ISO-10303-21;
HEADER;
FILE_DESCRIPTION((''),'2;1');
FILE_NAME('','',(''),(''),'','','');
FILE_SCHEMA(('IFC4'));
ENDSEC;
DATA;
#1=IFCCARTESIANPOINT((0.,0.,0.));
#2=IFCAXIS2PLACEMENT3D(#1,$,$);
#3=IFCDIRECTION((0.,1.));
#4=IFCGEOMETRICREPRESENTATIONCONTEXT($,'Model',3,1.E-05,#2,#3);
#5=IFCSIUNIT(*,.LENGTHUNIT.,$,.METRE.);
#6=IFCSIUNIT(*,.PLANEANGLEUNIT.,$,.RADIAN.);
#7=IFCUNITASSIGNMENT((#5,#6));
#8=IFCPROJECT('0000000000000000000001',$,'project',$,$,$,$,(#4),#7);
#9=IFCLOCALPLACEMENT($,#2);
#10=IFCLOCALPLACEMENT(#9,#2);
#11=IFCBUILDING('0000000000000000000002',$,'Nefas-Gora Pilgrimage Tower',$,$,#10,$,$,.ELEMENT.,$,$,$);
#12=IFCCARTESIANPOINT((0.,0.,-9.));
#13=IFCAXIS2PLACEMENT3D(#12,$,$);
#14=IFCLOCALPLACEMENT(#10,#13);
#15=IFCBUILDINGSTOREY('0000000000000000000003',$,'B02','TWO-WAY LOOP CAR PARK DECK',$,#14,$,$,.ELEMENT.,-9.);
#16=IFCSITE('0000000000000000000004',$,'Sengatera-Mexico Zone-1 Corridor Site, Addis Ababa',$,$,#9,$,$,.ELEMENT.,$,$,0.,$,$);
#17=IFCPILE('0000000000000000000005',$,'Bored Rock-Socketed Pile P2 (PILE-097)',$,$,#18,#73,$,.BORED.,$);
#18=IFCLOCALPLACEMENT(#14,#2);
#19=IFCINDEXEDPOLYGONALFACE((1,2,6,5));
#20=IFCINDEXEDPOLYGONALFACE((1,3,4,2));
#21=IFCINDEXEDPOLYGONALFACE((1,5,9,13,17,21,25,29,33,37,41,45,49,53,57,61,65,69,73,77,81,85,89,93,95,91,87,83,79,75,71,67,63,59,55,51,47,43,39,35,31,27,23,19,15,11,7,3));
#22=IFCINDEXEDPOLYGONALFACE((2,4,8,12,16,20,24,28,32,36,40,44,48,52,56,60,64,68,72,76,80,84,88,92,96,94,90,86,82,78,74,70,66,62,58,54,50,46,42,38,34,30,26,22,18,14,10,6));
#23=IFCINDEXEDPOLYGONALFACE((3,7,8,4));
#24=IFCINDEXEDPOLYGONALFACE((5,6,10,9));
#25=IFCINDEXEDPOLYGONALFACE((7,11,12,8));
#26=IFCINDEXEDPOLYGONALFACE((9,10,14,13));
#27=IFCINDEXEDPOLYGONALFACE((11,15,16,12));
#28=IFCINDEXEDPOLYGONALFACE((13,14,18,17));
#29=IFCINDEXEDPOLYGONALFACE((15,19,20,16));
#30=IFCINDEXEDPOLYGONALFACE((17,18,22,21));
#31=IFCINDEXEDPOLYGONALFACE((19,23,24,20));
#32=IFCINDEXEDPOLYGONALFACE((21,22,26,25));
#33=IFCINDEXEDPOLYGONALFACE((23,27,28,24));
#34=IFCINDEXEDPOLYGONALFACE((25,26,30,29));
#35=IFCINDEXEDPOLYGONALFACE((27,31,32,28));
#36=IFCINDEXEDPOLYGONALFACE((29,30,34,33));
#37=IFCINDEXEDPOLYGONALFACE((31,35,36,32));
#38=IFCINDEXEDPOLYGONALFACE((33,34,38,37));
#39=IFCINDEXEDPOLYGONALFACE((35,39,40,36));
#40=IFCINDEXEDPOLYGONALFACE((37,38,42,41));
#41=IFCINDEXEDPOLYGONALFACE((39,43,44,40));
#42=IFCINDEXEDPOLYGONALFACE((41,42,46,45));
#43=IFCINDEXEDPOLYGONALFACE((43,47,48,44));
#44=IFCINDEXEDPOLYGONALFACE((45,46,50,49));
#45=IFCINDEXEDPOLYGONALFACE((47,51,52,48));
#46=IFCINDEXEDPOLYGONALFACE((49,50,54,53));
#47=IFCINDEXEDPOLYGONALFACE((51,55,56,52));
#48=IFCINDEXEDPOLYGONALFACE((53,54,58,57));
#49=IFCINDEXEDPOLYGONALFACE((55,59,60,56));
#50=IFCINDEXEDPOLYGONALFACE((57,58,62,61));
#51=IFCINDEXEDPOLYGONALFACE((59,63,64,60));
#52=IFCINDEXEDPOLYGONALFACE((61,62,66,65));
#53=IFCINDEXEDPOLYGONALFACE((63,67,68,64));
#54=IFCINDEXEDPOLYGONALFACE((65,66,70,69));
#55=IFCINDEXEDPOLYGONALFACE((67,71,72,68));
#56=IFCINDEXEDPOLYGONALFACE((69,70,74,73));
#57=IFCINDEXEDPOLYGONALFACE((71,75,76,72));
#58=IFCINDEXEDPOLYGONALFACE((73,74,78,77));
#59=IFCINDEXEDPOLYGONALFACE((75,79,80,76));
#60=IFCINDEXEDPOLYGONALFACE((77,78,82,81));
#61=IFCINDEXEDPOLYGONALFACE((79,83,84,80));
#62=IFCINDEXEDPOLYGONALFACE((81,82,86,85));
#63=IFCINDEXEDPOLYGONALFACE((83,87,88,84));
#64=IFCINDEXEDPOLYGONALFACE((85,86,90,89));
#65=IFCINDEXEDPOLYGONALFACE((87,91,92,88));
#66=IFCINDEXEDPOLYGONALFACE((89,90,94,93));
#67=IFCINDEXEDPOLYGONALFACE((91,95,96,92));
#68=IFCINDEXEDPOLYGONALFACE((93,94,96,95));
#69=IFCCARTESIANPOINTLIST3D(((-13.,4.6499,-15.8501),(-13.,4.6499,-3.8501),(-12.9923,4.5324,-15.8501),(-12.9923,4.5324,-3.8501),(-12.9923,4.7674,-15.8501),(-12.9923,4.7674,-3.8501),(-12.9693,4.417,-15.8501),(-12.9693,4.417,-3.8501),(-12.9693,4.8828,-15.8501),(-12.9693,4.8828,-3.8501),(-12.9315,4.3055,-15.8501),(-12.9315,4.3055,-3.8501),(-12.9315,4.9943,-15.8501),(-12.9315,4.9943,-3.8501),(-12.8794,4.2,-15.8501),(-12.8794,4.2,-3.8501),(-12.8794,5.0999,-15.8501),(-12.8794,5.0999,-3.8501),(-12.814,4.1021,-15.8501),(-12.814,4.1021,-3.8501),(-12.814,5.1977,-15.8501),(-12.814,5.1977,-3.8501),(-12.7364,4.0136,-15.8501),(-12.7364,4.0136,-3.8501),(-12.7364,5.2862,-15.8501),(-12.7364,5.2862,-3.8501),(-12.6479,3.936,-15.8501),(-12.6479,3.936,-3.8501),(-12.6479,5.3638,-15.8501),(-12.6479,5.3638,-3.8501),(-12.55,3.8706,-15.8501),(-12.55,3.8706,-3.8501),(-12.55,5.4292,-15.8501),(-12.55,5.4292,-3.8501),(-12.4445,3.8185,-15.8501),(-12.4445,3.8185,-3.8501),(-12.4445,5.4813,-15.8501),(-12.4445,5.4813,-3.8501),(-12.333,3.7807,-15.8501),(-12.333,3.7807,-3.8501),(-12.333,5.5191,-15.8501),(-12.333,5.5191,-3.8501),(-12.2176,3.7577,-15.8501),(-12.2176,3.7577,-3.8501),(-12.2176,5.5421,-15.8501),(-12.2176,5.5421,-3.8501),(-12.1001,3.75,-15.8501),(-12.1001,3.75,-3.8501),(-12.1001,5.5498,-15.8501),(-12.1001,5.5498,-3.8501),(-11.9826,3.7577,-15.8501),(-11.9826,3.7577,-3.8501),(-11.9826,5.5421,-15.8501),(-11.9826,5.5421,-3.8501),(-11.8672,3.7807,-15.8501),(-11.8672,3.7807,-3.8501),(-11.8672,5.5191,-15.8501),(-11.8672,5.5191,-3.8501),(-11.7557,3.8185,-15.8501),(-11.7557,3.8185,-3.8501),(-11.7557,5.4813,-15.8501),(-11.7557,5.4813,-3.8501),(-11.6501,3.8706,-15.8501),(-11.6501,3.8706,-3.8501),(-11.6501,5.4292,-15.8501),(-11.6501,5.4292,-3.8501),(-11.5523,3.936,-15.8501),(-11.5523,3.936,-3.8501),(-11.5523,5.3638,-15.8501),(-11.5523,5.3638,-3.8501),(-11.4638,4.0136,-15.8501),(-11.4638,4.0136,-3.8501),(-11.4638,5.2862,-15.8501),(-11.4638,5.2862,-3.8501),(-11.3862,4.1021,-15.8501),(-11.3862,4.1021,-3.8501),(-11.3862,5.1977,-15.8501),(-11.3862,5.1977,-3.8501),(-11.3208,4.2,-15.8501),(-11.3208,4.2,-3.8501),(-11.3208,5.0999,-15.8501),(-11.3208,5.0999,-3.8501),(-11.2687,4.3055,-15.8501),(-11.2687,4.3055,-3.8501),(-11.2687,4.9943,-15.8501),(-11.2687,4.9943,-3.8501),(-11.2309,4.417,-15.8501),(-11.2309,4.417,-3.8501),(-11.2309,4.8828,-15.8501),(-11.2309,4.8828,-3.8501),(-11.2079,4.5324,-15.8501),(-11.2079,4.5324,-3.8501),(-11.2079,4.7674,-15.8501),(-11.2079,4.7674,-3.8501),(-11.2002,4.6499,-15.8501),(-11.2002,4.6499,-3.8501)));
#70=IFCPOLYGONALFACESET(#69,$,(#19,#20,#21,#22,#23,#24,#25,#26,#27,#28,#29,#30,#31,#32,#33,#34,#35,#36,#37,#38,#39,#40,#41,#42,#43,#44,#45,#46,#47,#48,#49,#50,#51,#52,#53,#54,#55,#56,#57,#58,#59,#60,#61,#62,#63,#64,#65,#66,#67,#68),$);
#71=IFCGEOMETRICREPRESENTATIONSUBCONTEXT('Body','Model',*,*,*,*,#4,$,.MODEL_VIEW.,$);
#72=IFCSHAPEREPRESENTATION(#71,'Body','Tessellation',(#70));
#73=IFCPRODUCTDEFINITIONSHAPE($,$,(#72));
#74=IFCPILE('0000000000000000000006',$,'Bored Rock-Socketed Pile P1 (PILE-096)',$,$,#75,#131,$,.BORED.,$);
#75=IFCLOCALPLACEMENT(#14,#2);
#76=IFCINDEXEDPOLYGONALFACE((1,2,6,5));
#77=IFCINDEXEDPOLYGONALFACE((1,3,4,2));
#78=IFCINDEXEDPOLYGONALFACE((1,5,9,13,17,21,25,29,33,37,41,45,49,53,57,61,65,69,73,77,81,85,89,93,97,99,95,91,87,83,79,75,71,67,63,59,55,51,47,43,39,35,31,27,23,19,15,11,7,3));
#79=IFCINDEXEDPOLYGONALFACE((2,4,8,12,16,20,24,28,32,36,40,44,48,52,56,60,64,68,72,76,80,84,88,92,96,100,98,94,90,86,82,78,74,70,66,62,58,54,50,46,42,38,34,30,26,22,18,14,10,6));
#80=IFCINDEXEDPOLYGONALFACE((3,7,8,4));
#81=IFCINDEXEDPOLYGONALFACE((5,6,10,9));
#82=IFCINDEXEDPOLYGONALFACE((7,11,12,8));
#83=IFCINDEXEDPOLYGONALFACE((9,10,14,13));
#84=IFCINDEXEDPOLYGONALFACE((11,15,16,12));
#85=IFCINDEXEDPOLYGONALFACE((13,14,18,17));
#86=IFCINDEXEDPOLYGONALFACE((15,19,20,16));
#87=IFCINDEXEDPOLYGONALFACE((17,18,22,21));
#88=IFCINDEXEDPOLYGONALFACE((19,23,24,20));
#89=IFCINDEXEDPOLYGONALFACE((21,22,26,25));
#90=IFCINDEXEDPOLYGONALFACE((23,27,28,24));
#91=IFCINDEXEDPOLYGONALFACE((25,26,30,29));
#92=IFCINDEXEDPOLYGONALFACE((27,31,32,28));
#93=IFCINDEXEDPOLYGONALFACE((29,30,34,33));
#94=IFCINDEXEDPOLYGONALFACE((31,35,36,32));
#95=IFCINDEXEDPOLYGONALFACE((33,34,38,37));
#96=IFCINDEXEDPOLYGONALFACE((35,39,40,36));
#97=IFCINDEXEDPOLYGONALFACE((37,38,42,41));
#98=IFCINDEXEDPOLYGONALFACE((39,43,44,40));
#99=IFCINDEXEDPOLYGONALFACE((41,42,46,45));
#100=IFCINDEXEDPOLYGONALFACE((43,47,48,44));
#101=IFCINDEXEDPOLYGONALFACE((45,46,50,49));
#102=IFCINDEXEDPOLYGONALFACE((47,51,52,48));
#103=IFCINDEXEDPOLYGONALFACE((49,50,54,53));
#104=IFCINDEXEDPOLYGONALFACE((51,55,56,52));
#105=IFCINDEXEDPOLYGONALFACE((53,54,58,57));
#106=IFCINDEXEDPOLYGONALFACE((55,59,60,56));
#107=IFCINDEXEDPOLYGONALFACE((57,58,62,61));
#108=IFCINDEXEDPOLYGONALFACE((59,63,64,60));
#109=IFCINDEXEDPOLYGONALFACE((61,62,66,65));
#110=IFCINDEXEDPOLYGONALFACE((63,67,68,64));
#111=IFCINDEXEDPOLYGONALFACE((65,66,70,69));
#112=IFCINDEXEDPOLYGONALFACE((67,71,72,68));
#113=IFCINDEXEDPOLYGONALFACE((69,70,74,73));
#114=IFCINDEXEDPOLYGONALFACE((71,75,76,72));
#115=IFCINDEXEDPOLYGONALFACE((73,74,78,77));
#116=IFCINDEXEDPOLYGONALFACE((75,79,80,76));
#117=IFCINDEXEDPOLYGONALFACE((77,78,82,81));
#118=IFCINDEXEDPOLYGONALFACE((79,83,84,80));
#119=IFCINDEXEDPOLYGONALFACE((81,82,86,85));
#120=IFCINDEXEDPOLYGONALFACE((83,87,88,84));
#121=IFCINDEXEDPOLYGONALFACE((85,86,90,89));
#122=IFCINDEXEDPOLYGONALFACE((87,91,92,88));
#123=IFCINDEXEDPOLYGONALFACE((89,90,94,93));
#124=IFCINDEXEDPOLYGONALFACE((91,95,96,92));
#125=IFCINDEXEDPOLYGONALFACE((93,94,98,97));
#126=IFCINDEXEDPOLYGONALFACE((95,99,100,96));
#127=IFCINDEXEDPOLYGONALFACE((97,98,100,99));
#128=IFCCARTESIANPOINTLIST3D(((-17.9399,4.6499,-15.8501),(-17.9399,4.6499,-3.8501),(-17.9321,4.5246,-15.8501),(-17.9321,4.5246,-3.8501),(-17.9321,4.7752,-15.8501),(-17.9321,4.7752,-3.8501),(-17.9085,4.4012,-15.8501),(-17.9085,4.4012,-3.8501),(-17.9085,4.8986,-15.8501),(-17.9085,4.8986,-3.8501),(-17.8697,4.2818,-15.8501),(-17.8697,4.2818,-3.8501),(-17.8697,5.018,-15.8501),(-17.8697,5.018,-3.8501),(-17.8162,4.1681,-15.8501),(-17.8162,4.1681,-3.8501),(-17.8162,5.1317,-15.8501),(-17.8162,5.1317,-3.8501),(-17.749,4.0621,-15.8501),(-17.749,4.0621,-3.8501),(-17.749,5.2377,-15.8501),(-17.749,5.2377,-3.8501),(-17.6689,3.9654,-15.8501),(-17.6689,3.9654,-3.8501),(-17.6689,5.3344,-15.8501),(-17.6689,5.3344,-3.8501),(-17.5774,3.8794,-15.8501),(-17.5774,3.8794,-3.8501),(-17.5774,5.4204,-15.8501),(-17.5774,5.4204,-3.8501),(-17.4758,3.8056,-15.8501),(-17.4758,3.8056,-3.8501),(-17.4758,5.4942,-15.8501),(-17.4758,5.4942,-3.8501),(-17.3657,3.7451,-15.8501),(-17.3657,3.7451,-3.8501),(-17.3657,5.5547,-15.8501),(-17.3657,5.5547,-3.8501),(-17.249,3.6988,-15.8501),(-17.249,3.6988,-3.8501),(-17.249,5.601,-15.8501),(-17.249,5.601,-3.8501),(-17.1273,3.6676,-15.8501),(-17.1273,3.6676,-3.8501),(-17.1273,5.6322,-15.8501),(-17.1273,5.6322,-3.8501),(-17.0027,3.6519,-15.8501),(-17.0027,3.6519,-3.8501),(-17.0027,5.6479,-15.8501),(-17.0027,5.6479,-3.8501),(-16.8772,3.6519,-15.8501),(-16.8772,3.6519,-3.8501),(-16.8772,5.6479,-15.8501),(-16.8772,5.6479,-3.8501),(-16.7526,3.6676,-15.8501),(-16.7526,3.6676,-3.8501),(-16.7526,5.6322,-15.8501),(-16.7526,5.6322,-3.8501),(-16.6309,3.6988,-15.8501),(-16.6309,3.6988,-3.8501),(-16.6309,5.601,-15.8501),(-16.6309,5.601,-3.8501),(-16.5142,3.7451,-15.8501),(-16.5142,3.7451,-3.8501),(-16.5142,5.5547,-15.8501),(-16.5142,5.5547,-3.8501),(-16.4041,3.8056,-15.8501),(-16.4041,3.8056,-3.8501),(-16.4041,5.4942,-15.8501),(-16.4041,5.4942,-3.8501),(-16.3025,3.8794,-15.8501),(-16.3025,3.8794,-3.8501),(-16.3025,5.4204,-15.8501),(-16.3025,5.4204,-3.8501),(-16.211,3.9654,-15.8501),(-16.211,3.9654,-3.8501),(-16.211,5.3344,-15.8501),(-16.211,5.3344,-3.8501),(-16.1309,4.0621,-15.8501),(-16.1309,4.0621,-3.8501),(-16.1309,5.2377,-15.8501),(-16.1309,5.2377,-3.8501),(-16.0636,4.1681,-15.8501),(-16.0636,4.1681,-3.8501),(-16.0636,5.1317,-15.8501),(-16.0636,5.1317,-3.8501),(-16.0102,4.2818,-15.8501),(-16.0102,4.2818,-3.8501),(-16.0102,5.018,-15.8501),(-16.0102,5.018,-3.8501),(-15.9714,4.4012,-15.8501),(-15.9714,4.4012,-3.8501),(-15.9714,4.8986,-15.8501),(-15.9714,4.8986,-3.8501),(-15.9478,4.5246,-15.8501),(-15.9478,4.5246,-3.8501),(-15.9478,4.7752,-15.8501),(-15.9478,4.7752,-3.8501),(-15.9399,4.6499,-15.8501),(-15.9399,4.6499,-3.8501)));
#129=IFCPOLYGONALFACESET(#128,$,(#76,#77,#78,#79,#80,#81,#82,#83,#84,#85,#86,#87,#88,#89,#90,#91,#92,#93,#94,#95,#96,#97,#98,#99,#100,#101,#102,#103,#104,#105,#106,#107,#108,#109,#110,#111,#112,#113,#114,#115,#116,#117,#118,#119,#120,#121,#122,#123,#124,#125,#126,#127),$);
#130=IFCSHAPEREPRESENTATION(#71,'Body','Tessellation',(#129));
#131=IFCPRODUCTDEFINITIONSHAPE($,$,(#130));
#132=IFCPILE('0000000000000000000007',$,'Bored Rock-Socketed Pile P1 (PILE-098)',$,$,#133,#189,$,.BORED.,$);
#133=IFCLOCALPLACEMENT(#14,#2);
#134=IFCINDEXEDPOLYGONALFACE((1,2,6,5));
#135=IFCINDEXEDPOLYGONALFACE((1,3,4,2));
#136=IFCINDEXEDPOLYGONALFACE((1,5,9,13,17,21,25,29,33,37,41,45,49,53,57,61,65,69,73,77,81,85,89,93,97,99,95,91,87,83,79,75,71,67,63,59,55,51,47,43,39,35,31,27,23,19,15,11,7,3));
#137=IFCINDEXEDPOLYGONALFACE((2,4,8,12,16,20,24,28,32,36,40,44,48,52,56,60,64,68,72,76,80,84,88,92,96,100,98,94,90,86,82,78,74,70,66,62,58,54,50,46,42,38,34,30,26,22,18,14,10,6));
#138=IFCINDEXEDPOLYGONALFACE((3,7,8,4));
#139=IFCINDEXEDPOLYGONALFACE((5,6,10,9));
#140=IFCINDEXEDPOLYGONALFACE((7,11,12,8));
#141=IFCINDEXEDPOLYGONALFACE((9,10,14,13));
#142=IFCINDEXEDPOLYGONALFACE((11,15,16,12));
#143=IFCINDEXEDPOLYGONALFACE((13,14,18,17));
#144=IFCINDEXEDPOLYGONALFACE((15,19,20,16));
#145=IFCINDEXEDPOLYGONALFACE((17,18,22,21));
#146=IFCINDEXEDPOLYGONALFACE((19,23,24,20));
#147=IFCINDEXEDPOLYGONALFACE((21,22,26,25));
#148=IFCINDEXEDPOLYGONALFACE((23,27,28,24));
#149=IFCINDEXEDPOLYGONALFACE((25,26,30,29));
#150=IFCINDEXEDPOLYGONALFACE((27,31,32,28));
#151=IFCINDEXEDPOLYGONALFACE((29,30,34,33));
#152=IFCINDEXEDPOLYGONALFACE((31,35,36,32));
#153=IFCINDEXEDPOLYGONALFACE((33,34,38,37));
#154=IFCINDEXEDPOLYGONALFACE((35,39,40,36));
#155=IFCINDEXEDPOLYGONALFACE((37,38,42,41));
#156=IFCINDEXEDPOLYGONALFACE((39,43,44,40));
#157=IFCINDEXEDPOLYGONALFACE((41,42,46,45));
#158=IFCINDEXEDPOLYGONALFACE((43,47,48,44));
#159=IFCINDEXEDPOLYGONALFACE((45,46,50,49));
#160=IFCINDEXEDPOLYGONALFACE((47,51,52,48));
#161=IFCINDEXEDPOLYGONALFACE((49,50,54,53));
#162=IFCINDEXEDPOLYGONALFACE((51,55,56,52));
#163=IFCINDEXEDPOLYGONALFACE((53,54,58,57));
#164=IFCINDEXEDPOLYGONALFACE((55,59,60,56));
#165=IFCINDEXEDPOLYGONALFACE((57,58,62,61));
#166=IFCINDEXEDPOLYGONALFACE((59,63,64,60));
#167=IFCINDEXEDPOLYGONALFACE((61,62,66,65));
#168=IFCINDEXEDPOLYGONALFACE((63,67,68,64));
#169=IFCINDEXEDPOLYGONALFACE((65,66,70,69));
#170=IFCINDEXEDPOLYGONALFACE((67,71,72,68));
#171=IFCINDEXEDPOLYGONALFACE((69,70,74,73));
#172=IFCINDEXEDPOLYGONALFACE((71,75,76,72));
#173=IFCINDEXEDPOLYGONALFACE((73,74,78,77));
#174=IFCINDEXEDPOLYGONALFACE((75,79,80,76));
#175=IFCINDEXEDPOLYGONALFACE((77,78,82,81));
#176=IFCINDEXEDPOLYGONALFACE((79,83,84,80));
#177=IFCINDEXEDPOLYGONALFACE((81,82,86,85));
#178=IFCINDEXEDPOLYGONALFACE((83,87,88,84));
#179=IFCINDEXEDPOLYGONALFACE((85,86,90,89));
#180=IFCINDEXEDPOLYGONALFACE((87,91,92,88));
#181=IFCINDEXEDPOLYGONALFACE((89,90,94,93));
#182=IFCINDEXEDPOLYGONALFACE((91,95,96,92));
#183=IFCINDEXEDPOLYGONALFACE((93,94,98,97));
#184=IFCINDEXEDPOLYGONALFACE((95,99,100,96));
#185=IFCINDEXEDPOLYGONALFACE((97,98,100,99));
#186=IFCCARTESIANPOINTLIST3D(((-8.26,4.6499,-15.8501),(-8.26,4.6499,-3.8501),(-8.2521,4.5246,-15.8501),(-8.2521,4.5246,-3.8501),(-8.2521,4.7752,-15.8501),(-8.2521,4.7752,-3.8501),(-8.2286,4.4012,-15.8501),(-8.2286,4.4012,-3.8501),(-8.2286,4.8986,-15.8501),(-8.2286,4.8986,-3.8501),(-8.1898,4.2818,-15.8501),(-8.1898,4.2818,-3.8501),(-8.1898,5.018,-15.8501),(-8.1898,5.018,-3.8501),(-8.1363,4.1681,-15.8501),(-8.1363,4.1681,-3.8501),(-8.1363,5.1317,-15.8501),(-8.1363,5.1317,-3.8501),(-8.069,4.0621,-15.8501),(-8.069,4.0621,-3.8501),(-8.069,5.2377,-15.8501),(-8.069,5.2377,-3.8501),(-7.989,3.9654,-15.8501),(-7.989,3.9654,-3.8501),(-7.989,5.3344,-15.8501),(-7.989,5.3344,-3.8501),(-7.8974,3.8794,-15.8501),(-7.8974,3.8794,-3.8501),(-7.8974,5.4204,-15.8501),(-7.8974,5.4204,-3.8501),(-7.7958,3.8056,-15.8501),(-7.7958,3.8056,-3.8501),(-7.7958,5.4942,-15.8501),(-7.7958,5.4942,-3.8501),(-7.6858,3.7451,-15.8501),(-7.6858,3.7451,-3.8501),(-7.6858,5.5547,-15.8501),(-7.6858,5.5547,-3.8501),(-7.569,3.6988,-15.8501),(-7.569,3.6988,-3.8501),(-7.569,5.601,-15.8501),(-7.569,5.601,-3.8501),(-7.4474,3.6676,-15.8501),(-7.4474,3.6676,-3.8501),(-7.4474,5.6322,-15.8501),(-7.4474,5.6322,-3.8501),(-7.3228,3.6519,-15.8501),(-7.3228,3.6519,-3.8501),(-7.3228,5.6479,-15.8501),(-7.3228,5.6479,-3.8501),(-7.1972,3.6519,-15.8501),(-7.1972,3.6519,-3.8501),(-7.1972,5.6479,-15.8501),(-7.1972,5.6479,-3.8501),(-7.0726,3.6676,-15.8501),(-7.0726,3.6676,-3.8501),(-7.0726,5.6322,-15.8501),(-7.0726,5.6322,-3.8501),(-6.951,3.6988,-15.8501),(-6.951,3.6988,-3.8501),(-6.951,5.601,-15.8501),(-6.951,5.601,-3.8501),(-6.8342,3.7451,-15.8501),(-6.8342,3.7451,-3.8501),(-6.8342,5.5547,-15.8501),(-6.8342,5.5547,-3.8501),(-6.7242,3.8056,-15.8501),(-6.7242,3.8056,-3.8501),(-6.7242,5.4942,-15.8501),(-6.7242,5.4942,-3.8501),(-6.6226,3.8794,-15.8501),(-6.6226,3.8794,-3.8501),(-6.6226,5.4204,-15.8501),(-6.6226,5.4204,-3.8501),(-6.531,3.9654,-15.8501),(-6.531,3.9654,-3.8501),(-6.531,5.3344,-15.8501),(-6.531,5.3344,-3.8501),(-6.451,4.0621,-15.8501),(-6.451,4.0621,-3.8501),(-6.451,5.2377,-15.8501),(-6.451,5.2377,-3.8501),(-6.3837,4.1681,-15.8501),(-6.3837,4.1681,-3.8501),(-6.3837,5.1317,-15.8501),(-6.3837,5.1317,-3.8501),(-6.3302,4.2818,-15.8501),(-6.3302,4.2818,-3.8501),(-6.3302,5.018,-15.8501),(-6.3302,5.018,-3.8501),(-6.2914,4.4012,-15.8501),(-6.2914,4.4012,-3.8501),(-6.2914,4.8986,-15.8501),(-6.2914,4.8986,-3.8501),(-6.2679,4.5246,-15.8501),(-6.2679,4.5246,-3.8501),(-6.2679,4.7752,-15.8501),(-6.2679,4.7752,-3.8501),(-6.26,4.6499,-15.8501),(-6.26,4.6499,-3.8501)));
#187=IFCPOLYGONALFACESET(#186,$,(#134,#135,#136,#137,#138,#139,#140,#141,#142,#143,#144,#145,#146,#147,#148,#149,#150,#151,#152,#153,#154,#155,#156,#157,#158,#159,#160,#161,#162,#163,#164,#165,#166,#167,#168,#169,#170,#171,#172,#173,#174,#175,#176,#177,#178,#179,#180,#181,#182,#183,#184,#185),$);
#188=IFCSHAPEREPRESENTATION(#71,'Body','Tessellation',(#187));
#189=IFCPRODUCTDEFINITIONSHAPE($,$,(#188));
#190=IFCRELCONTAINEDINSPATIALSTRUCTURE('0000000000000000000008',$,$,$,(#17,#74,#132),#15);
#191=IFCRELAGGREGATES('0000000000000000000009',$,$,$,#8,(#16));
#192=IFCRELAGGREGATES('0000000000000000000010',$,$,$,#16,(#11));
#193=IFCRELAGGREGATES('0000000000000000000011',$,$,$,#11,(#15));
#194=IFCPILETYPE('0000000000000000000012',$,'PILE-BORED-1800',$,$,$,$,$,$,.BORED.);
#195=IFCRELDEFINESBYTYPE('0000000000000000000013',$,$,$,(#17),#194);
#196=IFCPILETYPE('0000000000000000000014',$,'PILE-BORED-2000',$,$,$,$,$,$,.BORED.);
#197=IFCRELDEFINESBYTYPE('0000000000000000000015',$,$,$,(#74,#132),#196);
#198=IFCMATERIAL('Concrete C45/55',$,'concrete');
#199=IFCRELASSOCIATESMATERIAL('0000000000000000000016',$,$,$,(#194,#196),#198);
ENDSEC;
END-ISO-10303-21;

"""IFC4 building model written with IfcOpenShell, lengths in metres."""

from ifc_helpers import new_model, si_unit, direction, frame, origin, origin_2d, place, context, subcontext, project, spatial, circle, extrude, source, transform, mapped, material, material_profile, profile_set, type_object, element, save


model = new_model("IFC4")

# Units and contexts
model_context = context("Model", 3, precision=1e-05, world=origin(), true_north=direction((0.0, 1.0)))
body_context = subcontext(model_context, "Body", "Model", "MODEL_VIEW")
ifc_project = project(units=[si_unit("LENGTHUNIT", "METRE"), si_unit("PLANEANGLEUNIT", "RADIAN")], contexts=[model_context])

# Site, building, storey
site_placement = place(None, origin())
site = spatial("IfcSite", under=ifc_project, at=site_placement, Name="Sengatera-Mexico Zone-1 Corridor Site, Addis Ababa", CompositionType="ELEMENT", RefElevation=0.0)
building_placement = place(site_placement, origin())
building = spatial("IfcBuilding", under=site, at=building_placement, Name="Nefas-Gora Pilgrimage Tower", CompositionType="ELEMENT")
storey_placement = place(building_placement, frame((0.0, 0.0, -9.0)))
storey = spatial("IfcBuildingStorey", under=building, at=storey_placement, Name="B02", Description="TWO-WAY LOOP CAR PARK DECK", CompositionType="ELEMENT", Elevation=-9.0)

# Piles
ifc_material_1 = material(Name="Concrete C45/55", Category="concrete")
ifc_material_profile_1 = material_profile(ifc_material_1, circle(Radius=0.8999, at=origin_2d()), Name="PILE D1800")
ifc_profile_set_1 = profile_set([ifc_material_profile_1], Name="Concrete C45/55")
pile_type_1 = type_object("IfcPileType", Name="PILE-BORED-1800", PredefinedType="BORED", material=ifc_profile_set_1)
shared_shape_1 = source(origin(), body_context, "Body", "SweptSolid", [
    extrude(circle(Radius=0.8999, at=origin_2d()), origin(), (0.0, 0.0, 1.0), 12.0),
])
for number, where, z_axis, x_axis, name in (
    (1, (-12.1001, 4.6499, -3.8501), (0.0, 0.0, -1.0), (1.0, 0.0, 0.0), "Bored Rock-Socketed Pile P2 (PILE-097)"),
):
    element("IfcPile", number, at=place(storey_placement, frame(where, z_axis=z_axis, x_axis=x_axis)), inside=storey, type_object=pile_type_1, Name=name, PredefinedType="BORED", context=body_context, shape_type="MappedRepresentation", body=[
        mapped(shared_shape_1, transform((0.0, 0.0, 0.0), x_axis=(1.0, 0.0, 0.0), y_axis=(0.0, 1.0, 0.0), z_axis=(0.0, 0.0, 1.0), scale=1.0)),
    ])
ifc_material_profile_2 = material_profile(ifc_material_1, circle(Radius=1.0, at=origin_2d()), Name="PILE D2000")
ifc_profile_set_2 = profile_set([ifc_material_profile_2], Name="Concrete C45/55")
pile_type_2 = type_object("IfcPileType", Name="PILE-BORED-2000", PredefinedType="BORED", material=ifc_profile_set_2)
shared_shape_2 = source(origin(), body_context, "Body", "SweptSolid", [
    extrude(circle(Radius=1.0, at=origin_2d()), origin(), (0.0, 0.0, 1.0), 12.0),
])
for number, where, z_axis, x_axis, name in (
    (2, (-16.9399, 4.6499, -3.8501), (0.0, 0.0, -1.0), (1.0, 0.0, 0.0), "Bored Rock-Socketed Pile P1 (PILE-096)"),
    (3, (-7.26, 4.6499, -3.8501), (0.0, 0.0, -1.0), (1.0, 0.0, 0.0), "Bored Rock-Socketed Pile P1 (PILE-098)"),
):
    element("IfcPile", number, at=place(storey_placement, frame(where, z_axis=z_axis, x_axis=x_axis)), inside=storey, type_object=pile_type_2, Name=name, PredefinedType="BORED", context=body_context, shape_type="MappedRepresentation", body=[
        mapped(shared_shape_2, transform((0.0, 0.0, 0.0), x_axis=(1.0, 0.0, 0.0), y_axis=(0.0, 1.0, 0.0), z_axis=(0.0, 0.0, 1.0), scale=1.0)),
    ])

save(model, "model.ifc")
